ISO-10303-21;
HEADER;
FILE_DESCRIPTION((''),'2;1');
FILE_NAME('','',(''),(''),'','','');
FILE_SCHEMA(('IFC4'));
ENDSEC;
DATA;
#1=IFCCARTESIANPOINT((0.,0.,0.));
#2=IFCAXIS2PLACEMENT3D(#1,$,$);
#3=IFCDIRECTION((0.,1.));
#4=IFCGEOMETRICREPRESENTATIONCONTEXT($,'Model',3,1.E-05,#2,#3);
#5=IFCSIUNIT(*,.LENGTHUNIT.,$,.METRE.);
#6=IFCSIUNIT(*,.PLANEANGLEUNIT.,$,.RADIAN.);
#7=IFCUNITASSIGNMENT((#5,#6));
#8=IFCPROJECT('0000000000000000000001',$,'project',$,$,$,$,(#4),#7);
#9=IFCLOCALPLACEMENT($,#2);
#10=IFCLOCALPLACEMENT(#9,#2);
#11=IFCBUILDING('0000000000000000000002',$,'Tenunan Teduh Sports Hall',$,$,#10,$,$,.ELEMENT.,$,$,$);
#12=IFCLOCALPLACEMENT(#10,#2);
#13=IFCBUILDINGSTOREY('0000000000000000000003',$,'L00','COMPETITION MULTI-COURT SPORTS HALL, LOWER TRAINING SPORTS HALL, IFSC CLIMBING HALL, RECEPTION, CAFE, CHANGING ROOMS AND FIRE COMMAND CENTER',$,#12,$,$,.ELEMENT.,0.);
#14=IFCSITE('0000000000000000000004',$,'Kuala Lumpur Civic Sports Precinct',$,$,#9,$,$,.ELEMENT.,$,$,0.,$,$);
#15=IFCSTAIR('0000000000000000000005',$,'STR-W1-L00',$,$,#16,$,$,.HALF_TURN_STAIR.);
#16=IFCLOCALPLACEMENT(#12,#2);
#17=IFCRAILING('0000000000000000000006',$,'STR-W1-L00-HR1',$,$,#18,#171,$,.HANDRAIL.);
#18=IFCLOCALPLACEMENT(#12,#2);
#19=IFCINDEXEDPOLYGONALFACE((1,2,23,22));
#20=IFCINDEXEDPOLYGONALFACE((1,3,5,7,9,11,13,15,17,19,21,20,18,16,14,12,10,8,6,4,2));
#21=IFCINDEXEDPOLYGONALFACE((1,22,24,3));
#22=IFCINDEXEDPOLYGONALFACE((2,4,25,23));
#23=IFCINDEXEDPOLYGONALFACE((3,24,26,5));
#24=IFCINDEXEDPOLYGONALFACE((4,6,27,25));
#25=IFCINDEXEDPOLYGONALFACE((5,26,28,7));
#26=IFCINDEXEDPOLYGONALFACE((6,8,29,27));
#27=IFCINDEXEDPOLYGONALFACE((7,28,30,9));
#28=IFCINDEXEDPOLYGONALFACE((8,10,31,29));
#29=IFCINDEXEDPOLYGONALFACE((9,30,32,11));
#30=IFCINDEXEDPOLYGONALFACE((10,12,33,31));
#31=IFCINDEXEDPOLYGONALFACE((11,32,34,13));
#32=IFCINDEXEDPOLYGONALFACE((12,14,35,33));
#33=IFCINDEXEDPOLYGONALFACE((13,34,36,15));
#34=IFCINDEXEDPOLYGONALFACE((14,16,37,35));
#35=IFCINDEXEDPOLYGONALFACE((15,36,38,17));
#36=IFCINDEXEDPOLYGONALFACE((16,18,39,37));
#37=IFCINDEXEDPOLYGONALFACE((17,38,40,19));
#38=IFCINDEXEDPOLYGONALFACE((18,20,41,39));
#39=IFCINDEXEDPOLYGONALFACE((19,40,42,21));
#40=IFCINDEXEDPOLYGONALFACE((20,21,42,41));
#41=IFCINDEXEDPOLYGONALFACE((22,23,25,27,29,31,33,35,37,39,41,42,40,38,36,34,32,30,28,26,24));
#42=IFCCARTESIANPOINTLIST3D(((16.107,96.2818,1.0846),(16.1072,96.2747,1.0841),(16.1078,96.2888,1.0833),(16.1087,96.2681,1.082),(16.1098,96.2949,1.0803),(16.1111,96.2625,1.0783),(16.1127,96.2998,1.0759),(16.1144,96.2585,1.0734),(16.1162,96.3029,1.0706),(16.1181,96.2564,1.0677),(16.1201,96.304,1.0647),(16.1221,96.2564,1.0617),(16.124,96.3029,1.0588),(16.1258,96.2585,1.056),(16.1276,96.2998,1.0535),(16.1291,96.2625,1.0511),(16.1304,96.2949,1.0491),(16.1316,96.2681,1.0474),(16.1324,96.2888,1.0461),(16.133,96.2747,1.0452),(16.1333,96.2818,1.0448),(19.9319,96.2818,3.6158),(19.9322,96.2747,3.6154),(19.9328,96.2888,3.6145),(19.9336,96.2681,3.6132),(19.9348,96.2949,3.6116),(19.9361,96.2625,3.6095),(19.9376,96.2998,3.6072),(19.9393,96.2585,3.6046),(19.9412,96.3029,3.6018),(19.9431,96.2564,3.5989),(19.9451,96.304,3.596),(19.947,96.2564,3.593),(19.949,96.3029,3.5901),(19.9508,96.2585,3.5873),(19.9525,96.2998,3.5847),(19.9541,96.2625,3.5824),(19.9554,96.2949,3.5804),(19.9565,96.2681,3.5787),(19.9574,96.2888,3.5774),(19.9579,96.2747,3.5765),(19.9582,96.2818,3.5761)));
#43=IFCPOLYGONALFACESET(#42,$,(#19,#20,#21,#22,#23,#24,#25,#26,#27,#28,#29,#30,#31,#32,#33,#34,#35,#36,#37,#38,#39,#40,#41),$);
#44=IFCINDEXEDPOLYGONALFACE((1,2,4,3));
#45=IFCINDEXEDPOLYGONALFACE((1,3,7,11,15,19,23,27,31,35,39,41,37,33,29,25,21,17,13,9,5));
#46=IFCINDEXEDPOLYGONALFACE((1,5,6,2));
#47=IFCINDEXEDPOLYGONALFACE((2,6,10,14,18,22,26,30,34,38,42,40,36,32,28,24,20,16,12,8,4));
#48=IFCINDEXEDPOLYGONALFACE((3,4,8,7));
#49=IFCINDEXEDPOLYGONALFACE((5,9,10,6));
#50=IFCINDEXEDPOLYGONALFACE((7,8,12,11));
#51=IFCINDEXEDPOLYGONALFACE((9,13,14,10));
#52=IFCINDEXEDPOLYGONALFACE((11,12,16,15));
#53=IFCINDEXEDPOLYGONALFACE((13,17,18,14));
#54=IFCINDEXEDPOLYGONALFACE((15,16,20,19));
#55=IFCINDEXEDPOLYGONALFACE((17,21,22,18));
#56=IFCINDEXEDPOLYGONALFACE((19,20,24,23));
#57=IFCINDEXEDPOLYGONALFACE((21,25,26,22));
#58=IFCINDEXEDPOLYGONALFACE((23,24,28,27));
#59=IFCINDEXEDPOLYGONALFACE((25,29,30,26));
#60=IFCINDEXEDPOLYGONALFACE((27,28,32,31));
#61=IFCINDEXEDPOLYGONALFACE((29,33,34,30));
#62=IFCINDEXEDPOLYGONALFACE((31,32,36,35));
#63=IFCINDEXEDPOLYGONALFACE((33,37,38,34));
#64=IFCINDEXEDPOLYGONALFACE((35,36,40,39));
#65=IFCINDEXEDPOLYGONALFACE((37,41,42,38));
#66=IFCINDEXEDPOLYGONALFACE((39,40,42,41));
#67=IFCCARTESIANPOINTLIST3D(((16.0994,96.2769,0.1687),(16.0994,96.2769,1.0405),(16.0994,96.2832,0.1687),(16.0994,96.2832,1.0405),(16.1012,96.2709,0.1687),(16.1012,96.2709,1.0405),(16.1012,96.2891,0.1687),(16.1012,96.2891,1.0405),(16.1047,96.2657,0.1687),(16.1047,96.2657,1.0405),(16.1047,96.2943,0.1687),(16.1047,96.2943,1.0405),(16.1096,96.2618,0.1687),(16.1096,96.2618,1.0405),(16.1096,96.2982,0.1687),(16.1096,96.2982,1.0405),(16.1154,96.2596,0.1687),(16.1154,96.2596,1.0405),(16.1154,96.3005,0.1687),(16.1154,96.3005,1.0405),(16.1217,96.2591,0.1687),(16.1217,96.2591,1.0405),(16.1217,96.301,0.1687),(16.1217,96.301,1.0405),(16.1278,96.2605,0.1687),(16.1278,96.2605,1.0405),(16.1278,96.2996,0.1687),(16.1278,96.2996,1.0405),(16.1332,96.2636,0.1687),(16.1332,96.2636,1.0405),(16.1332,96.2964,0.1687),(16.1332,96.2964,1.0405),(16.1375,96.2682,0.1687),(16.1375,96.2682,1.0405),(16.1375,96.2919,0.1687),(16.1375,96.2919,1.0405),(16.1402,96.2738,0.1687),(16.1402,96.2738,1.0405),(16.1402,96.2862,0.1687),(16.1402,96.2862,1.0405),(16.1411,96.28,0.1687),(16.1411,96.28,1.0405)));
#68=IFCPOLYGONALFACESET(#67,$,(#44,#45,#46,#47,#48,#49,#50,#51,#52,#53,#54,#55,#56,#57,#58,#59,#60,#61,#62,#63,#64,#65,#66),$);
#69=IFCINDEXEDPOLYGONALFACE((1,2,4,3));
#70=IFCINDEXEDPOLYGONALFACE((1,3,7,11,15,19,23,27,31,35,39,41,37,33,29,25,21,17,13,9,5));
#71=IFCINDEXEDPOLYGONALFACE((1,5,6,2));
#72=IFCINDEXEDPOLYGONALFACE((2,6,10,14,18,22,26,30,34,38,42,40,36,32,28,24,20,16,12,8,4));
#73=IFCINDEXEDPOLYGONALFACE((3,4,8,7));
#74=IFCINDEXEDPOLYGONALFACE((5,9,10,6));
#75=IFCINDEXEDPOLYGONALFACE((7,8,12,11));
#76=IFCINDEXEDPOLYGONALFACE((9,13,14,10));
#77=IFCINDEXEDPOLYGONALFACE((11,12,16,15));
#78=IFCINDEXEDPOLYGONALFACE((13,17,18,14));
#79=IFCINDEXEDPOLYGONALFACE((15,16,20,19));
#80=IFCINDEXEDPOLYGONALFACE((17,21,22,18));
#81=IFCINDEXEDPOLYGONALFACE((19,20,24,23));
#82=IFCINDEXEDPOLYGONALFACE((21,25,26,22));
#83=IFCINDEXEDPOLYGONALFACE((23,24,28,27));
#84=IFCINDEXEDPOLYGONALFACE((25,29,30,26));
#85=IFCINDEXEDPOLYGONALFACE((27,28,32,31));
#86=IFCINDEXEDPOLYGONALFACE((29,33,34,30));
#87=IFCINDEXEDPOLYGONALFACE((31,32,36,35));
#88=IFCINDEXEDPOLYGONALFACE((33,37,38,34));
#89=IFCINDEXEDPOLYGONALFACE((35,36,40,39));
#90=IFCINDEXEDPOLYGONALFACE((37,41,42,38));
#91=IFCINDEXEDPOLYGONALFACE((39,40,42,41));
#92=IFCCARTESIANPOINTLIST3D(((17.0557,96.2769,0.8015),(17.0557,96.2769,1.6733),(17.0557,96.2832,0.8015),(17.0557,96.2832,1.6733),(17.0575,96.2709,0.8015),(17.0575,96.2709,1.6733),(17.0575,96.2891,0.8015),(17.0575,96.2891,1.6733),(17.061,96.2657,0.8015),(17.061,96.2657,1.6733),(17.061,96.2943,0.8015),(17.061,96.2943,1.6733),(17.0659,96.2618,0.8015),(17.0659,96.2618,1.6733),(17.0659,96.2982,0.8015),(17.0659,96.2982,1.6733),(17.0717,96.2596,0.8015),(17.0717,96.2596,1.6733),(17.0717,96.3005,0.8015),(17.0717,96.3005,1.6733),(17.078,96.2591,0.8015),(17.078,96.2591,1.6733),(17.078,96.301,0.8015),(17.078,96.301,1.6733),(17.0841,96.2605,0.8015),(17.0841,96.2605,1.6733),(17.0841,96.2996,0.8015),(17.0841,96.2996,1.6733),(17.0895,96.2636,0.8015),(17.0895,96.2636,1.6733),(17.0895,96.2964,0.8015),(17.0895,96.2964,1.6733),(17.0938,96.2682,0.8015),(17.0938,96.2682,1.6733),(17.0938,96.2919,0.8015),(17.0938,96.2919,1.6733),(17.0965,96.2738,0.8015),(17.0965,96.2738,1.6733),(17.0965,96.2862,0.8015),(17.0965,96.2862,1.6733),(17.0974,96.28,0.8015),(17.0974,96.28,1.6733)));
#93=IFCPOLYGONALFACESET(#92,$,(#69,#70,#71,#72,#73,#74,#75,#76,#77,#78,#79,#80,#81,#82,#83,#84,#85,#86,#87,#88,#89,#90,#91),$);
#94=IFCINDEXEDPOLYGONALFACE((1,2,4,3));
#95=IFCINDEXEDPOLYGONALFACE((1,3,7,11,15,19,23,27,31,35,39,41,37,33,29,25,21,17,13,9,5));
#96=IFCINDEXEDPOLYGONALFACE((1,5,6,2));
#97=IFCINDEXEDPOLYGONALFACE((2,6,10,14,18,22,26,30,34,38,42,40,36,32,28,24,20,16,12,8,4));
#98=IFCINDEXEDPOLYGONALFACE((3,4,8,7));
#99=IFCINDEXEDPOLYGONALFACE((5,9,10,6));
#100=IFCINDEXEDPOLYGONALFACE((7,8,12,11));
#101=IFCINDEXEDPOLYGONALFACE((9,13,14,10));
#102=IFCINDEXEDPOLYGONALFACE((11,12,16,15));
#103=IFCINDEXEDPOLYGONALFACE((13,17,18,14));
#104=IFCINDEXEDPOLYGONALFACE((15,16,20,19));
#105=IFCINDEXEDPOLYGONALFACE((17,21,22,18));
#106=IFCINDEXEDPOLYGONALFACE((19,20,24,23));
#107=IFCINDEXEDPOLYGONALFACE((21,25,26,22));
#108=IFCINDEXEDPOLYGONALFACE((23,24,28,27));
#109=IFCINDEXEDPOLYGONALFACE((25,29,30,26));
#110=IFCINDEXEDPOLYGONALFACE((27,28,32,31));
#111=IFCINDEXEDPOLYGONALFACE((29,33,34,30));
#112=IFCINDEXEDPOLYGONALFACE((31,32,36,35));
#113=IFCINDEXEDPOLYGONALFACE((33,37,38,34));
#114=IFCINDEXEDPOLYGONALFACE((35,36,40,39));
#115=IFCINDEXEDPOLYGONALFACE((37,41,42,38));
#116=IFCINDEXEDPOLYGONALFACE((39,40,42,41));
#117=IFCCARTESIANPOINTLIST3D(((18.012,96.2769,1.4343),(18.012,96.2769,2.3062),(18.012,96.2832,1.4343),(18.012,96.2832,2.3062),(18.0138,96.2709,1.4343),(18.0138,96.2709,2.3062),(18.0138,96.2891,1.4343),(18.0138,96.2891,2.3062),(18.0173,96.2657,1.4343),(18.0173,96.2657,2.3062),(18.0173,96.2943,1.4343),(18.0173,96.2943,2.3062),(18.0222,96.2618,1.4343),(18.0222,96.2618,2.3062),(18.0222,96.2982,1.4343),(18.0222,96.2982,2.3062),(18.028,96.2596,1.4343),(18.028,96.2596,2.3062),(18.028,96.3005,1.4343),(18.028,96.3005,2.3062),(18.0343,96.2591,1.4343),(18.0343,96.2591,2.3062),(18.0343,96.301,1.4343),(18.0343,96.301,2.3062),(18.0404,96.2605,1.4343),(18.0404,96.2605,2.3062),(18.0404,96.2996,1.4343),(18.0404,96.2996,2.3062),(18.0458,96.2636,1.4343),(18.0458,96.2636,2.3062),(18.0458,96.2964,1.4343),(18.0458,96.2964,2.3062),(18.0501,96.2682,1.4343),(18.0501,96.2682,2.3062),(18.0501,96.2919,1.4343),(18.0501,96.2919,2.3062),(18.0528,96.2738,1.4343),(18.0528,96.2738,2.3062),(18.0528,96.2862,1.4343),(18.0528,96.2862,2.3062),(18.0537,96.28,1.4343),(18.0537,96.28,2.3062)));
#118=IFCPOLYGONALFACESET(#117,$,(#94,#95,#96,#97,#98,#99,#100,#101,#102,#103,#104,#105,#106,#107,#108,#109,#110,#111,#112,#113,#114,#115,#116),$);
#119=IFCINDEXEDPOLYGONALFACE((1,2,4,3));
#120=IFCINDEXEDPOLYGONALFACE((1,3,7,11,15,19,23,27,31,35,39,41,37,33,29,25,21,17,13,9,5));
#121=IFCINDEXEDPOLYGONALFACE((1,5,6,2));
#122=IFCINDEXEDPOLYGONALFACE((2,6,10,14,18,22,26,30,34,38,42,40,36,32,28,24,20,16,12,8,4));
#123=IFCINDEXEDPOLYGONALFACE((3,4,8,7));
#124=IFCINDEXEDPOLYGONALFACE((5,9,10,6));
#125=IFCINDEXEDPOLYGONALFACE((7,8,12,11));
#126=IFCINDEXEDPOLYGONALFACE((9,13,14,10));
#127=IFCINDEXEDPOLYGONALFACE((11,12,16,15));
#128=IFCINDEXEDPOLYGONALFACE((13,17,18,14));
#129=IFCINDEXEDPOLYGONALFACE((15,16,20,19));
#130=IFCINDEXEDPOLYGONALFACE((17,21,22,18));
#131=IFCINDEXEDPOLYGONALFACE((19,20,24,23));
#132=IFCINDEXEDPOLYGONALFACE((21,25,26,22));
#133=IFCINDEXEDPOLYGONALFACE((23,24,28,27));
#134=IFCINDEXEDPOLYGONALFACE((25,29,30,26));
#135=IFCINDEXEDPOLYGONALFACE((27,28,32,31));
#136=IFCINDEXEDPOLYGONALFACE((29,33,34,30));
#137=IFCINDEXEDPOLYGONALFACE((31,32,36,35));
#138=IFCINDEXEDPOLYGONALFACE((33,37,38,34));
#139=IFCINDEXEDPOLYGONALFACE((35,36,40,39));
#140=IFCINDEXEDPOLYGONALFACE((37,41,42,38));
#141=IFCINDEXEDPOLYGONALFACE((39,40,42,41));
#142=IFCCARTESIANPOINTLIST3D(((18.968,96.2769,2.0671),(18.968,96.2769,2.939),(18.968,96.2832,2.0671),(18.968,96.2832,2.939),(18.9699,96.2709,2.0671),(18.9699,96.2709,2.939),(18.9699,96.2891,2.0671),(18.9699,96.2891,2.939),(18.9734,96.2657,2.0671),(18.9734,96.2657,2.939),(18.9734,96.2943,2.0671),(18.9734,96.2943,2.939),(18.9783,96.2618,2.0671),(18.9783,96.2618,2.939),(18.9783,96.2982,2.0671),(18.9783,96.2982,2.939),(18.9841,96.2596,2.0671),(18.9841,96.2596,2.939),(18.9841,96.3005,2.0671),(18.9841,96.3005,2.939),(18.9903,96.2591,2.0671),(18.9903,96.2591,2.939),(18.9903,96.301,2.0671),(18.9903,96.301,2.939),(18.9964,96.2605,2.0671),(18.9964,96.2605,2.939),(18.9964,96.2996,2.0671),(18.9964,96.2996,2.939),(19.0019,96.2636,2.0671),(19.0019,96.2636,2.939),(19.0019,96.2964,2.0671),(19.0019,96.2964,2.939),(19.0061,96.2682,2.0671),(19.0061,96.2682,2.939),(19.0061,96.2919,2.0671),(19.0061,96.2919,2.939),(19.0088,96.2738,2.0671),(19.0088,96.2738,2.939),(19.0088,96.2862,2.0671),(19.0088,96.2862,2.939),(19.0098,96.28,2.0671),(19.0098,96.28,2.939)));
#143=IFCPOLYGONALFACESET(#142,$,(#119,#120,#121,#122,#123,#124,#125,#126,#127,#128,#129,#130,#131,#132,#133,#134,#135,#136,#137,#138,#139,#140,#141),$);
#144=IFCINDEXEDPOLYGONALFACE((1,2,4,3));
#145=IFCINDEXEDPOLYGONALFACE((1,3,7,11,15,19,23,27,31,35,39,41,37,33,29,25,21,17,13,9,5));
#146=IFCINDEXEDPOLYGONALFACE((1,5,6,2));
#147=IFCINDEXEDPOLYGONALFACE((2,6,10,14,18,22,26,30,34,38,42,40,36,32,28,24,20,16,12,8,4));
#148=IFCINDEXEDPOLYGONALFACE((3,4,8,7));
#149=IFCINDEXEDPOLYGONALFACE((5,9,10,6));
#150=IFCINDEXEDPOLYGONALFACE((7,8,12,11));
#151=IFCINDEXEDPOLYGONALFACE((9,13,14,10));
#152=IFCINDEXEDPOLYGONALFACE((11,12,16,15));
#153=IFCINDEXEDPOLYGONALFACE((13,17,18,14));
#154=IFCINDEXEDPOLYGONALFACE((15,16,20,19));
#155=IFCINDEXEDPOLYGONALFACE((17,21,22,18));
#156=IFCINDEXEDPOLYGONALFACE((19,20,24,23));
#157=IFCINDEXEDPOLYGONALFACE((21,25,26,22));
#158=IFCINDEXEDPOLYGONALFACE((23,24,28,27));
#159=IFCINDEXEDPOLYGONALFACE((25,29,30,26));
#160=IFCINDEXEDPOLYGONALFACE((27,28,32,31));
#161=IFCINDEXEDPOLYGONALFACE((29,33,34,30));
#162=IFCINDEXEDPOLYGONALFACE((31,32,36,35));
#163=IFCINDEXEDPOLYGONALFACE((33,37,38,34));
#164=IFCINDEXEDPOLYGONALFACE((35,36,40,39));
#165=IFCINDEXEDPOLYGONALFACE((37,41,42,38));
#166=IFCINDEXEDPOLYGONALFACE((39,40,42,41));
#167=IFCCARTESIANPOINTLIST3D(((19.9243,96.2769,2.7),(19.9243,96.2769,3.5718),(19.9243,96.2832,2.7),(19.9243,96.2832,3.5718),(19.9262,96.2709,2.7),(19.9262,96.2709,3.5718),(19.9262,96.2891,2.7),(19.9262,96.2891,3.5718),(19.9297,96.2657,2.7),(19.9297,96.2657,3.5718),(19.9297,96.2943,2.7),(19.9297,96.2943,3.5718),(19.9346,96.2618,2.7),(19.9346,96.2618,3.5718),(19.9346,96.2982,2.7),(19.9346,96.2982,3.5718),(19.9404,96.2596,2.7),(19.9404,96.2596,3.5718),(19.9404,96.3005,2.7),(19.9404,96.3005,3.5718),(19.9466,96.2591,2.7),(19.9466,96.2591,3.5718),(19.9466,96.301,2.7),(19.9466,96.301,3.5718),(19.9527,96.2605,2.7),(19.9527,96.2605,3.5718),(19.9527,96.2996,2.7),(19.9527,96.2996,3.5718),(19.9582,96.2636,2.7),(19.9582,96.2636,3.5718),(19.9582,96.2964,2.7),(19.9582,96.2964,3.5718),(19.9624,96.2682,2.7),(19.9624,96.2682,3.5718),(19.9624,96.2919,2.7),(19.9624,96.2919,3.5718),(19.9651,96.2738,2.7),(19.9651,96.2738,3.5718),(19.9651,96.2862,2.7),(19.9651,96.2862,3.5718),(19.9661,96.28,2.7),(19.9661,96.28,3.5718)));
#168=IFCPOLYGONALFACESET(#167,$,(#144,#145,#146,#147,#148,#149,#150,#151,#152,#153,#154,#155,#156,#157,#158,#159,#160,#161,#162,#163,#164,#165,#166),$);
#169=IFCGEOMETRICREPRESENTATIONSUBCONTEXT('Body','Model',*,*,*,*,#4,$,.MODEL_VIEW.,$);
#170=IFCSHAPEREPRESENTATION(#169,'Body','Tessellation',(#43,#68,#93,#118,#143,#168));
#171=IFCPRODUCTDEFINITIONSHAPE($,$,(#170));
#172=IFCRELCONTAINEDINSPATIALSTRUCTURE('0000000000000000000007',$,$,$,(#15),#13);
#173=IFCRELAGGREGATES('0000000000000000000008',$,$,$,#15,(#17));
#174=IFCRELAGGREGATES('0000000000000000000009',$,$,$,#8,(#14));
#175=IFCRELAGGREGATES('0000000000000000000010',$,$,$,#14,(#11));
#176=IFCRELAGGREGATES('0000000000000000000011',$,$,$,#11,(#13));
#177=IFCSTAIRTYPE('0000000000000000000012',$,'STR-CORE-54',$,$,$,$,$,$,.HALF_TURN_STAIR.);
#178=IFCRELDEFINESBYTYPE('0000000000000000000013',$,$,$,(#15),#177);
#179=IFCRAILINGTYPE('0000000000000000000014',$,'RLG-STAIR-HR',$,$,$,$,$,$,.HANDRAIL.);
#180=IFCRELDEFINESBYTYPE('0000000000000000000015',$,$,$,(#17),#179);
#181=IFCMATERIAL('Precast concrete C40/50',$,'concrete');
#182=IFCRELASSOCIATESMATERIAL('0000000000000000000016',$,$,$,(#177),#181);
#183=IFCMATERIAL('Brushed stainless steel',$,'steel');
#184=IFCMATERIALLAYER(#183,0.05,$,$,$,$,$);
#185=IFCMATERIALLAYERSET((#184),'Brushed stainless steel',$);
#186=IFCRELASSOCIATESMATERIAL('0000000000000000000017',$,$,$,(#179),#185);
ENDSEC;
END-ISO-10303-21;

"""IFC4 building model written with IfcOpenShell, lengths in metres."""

from ifc_helpers import new_model, si_unit, direction, frame, origin, origin_2d, place, context, subcontext, project, spatial, circle, extrude, material, layer, layer_set, type_object, element, aggregate, save


model = new_model("IFC4")

# Units and contexts
model_context = context("Model", 3, precision=1e-05, world=origin(), true_north=direction((0.0, 1.0)))
body_context = subcontext(model_context, "Body", "Model", "MODEL_VIEW")
ifc_project = project(units=[si_unit("LENGTHUNIT", "METRE"), si_unit("PLANEANGLEUNIT", "RADIAN")], contexts=[model_context])

# Site, building, storey
site_placement = place(None, origin())
site = spatial("IfcSite", under=ifc_project, at=site_placement, Name="Kuala Lumpur Civic Sports Precinct", CompositionType="ELEMENT", RefElevation=0.0)
building_placement = place(site_placement, origin())
building = spatial("IfcBuilding", under=site, at=building_placement, Name="Tenunan Teduh Sports Hall", CompositionType="ELEMENT")
storey_placement = place(building_placement, origin())
storey = spatial("IfcBuildingStorey", under=building, at=storey_placement, Name="L00", Description="COMPETITION MULTI-COURT SPORTS HALL, LOWER TRAINING SPORTS HALL, IFSC CLIMBING HALL, RECEPTION, CAFE, CHANGING ROOMS AND FIRE COMMAND CENTER", CompositionType="ELEMENT", Elevation=0.0)

# Stair
ifc_material_1 = material(Name="Precast concrete C40/50", Category="concrete")
stair_type = type_object("IfcStairType", Name="STR-CORE-54", PredefinedType="HALF_TURN_STAIR", material=ifc_material_1)
stair_placement = place(storey_placement, origin())
stair = element("IfcStair", 1, at=stair_placement, inside=storey, type_object=stair_type, Name="STR-W1-L00", PredefinedType="HALF_TURN_STAIR")

# Railing
ifc_material_2 = material(Name="Brushed stainless steel", Category="steel")
ifc_layer_1 = layer(ifc_material_2, 0.05)
ifc_layer_set_1 = layer_set([ifc_layer_1], Name="Brushed stainless steel")
railing_type_1 = type_object("IfcRailingType", Name="RLG-STAIR-HR", PredefinedType="HANDRAIL", material=ifc_layer_set_1)
railing_1_placement = place(storey_placement, frame((16.1201, 96.28, 0.1687)))
railing_1 = element("IfcRailing", 2, at=railing_1_placement, type_object=railing_type_1, Name="STR-W1-L00-HR1", PredefinedType="HANDRAIL", context=body_context, shape_type="SweptSolid", body=[
    extrude(circle(Radius=0.0239, at=origin_2d()), frame((0.0, 0.0, 0.896), z_axis=(0.833929, 0.0, 0.551872), x_axis=(0.0, 1.0, 0.0)), (0.0, 0.0, 1.0), 4.5867),
    extrude(circle(Radius=0.021, at=origin_2d()), origin(), (0.0, 0.0, 1.0), 0.8718),
    extrude(circle(Radius=0.021, at=origin_2d()), frame((0.9563, 0.0, 0.6328)), (0.0, 0.0, 1.0), 0.8718),
    extrude(circle(Radius=0.021, at=origin_2d()), frame((1.9126, 0.0, 1.2656)), (0.0, 0.0, 1.0), 0.8718),
    extrude(circle(Radius=0.021, at=origin_2d()), frame((2.8687, 0.0, 1.8984)), (0.0, 0.0, 1.0), 0.8718),
    extrude(circle(Radius=0.021, at=origin_2d()), frame((3.825, 0.0, 2.5312)), (0.0, 0.0, 1.0), 0.8718),
])
aggregate(stair, [railing_1])

save(model, "model.ifc")
